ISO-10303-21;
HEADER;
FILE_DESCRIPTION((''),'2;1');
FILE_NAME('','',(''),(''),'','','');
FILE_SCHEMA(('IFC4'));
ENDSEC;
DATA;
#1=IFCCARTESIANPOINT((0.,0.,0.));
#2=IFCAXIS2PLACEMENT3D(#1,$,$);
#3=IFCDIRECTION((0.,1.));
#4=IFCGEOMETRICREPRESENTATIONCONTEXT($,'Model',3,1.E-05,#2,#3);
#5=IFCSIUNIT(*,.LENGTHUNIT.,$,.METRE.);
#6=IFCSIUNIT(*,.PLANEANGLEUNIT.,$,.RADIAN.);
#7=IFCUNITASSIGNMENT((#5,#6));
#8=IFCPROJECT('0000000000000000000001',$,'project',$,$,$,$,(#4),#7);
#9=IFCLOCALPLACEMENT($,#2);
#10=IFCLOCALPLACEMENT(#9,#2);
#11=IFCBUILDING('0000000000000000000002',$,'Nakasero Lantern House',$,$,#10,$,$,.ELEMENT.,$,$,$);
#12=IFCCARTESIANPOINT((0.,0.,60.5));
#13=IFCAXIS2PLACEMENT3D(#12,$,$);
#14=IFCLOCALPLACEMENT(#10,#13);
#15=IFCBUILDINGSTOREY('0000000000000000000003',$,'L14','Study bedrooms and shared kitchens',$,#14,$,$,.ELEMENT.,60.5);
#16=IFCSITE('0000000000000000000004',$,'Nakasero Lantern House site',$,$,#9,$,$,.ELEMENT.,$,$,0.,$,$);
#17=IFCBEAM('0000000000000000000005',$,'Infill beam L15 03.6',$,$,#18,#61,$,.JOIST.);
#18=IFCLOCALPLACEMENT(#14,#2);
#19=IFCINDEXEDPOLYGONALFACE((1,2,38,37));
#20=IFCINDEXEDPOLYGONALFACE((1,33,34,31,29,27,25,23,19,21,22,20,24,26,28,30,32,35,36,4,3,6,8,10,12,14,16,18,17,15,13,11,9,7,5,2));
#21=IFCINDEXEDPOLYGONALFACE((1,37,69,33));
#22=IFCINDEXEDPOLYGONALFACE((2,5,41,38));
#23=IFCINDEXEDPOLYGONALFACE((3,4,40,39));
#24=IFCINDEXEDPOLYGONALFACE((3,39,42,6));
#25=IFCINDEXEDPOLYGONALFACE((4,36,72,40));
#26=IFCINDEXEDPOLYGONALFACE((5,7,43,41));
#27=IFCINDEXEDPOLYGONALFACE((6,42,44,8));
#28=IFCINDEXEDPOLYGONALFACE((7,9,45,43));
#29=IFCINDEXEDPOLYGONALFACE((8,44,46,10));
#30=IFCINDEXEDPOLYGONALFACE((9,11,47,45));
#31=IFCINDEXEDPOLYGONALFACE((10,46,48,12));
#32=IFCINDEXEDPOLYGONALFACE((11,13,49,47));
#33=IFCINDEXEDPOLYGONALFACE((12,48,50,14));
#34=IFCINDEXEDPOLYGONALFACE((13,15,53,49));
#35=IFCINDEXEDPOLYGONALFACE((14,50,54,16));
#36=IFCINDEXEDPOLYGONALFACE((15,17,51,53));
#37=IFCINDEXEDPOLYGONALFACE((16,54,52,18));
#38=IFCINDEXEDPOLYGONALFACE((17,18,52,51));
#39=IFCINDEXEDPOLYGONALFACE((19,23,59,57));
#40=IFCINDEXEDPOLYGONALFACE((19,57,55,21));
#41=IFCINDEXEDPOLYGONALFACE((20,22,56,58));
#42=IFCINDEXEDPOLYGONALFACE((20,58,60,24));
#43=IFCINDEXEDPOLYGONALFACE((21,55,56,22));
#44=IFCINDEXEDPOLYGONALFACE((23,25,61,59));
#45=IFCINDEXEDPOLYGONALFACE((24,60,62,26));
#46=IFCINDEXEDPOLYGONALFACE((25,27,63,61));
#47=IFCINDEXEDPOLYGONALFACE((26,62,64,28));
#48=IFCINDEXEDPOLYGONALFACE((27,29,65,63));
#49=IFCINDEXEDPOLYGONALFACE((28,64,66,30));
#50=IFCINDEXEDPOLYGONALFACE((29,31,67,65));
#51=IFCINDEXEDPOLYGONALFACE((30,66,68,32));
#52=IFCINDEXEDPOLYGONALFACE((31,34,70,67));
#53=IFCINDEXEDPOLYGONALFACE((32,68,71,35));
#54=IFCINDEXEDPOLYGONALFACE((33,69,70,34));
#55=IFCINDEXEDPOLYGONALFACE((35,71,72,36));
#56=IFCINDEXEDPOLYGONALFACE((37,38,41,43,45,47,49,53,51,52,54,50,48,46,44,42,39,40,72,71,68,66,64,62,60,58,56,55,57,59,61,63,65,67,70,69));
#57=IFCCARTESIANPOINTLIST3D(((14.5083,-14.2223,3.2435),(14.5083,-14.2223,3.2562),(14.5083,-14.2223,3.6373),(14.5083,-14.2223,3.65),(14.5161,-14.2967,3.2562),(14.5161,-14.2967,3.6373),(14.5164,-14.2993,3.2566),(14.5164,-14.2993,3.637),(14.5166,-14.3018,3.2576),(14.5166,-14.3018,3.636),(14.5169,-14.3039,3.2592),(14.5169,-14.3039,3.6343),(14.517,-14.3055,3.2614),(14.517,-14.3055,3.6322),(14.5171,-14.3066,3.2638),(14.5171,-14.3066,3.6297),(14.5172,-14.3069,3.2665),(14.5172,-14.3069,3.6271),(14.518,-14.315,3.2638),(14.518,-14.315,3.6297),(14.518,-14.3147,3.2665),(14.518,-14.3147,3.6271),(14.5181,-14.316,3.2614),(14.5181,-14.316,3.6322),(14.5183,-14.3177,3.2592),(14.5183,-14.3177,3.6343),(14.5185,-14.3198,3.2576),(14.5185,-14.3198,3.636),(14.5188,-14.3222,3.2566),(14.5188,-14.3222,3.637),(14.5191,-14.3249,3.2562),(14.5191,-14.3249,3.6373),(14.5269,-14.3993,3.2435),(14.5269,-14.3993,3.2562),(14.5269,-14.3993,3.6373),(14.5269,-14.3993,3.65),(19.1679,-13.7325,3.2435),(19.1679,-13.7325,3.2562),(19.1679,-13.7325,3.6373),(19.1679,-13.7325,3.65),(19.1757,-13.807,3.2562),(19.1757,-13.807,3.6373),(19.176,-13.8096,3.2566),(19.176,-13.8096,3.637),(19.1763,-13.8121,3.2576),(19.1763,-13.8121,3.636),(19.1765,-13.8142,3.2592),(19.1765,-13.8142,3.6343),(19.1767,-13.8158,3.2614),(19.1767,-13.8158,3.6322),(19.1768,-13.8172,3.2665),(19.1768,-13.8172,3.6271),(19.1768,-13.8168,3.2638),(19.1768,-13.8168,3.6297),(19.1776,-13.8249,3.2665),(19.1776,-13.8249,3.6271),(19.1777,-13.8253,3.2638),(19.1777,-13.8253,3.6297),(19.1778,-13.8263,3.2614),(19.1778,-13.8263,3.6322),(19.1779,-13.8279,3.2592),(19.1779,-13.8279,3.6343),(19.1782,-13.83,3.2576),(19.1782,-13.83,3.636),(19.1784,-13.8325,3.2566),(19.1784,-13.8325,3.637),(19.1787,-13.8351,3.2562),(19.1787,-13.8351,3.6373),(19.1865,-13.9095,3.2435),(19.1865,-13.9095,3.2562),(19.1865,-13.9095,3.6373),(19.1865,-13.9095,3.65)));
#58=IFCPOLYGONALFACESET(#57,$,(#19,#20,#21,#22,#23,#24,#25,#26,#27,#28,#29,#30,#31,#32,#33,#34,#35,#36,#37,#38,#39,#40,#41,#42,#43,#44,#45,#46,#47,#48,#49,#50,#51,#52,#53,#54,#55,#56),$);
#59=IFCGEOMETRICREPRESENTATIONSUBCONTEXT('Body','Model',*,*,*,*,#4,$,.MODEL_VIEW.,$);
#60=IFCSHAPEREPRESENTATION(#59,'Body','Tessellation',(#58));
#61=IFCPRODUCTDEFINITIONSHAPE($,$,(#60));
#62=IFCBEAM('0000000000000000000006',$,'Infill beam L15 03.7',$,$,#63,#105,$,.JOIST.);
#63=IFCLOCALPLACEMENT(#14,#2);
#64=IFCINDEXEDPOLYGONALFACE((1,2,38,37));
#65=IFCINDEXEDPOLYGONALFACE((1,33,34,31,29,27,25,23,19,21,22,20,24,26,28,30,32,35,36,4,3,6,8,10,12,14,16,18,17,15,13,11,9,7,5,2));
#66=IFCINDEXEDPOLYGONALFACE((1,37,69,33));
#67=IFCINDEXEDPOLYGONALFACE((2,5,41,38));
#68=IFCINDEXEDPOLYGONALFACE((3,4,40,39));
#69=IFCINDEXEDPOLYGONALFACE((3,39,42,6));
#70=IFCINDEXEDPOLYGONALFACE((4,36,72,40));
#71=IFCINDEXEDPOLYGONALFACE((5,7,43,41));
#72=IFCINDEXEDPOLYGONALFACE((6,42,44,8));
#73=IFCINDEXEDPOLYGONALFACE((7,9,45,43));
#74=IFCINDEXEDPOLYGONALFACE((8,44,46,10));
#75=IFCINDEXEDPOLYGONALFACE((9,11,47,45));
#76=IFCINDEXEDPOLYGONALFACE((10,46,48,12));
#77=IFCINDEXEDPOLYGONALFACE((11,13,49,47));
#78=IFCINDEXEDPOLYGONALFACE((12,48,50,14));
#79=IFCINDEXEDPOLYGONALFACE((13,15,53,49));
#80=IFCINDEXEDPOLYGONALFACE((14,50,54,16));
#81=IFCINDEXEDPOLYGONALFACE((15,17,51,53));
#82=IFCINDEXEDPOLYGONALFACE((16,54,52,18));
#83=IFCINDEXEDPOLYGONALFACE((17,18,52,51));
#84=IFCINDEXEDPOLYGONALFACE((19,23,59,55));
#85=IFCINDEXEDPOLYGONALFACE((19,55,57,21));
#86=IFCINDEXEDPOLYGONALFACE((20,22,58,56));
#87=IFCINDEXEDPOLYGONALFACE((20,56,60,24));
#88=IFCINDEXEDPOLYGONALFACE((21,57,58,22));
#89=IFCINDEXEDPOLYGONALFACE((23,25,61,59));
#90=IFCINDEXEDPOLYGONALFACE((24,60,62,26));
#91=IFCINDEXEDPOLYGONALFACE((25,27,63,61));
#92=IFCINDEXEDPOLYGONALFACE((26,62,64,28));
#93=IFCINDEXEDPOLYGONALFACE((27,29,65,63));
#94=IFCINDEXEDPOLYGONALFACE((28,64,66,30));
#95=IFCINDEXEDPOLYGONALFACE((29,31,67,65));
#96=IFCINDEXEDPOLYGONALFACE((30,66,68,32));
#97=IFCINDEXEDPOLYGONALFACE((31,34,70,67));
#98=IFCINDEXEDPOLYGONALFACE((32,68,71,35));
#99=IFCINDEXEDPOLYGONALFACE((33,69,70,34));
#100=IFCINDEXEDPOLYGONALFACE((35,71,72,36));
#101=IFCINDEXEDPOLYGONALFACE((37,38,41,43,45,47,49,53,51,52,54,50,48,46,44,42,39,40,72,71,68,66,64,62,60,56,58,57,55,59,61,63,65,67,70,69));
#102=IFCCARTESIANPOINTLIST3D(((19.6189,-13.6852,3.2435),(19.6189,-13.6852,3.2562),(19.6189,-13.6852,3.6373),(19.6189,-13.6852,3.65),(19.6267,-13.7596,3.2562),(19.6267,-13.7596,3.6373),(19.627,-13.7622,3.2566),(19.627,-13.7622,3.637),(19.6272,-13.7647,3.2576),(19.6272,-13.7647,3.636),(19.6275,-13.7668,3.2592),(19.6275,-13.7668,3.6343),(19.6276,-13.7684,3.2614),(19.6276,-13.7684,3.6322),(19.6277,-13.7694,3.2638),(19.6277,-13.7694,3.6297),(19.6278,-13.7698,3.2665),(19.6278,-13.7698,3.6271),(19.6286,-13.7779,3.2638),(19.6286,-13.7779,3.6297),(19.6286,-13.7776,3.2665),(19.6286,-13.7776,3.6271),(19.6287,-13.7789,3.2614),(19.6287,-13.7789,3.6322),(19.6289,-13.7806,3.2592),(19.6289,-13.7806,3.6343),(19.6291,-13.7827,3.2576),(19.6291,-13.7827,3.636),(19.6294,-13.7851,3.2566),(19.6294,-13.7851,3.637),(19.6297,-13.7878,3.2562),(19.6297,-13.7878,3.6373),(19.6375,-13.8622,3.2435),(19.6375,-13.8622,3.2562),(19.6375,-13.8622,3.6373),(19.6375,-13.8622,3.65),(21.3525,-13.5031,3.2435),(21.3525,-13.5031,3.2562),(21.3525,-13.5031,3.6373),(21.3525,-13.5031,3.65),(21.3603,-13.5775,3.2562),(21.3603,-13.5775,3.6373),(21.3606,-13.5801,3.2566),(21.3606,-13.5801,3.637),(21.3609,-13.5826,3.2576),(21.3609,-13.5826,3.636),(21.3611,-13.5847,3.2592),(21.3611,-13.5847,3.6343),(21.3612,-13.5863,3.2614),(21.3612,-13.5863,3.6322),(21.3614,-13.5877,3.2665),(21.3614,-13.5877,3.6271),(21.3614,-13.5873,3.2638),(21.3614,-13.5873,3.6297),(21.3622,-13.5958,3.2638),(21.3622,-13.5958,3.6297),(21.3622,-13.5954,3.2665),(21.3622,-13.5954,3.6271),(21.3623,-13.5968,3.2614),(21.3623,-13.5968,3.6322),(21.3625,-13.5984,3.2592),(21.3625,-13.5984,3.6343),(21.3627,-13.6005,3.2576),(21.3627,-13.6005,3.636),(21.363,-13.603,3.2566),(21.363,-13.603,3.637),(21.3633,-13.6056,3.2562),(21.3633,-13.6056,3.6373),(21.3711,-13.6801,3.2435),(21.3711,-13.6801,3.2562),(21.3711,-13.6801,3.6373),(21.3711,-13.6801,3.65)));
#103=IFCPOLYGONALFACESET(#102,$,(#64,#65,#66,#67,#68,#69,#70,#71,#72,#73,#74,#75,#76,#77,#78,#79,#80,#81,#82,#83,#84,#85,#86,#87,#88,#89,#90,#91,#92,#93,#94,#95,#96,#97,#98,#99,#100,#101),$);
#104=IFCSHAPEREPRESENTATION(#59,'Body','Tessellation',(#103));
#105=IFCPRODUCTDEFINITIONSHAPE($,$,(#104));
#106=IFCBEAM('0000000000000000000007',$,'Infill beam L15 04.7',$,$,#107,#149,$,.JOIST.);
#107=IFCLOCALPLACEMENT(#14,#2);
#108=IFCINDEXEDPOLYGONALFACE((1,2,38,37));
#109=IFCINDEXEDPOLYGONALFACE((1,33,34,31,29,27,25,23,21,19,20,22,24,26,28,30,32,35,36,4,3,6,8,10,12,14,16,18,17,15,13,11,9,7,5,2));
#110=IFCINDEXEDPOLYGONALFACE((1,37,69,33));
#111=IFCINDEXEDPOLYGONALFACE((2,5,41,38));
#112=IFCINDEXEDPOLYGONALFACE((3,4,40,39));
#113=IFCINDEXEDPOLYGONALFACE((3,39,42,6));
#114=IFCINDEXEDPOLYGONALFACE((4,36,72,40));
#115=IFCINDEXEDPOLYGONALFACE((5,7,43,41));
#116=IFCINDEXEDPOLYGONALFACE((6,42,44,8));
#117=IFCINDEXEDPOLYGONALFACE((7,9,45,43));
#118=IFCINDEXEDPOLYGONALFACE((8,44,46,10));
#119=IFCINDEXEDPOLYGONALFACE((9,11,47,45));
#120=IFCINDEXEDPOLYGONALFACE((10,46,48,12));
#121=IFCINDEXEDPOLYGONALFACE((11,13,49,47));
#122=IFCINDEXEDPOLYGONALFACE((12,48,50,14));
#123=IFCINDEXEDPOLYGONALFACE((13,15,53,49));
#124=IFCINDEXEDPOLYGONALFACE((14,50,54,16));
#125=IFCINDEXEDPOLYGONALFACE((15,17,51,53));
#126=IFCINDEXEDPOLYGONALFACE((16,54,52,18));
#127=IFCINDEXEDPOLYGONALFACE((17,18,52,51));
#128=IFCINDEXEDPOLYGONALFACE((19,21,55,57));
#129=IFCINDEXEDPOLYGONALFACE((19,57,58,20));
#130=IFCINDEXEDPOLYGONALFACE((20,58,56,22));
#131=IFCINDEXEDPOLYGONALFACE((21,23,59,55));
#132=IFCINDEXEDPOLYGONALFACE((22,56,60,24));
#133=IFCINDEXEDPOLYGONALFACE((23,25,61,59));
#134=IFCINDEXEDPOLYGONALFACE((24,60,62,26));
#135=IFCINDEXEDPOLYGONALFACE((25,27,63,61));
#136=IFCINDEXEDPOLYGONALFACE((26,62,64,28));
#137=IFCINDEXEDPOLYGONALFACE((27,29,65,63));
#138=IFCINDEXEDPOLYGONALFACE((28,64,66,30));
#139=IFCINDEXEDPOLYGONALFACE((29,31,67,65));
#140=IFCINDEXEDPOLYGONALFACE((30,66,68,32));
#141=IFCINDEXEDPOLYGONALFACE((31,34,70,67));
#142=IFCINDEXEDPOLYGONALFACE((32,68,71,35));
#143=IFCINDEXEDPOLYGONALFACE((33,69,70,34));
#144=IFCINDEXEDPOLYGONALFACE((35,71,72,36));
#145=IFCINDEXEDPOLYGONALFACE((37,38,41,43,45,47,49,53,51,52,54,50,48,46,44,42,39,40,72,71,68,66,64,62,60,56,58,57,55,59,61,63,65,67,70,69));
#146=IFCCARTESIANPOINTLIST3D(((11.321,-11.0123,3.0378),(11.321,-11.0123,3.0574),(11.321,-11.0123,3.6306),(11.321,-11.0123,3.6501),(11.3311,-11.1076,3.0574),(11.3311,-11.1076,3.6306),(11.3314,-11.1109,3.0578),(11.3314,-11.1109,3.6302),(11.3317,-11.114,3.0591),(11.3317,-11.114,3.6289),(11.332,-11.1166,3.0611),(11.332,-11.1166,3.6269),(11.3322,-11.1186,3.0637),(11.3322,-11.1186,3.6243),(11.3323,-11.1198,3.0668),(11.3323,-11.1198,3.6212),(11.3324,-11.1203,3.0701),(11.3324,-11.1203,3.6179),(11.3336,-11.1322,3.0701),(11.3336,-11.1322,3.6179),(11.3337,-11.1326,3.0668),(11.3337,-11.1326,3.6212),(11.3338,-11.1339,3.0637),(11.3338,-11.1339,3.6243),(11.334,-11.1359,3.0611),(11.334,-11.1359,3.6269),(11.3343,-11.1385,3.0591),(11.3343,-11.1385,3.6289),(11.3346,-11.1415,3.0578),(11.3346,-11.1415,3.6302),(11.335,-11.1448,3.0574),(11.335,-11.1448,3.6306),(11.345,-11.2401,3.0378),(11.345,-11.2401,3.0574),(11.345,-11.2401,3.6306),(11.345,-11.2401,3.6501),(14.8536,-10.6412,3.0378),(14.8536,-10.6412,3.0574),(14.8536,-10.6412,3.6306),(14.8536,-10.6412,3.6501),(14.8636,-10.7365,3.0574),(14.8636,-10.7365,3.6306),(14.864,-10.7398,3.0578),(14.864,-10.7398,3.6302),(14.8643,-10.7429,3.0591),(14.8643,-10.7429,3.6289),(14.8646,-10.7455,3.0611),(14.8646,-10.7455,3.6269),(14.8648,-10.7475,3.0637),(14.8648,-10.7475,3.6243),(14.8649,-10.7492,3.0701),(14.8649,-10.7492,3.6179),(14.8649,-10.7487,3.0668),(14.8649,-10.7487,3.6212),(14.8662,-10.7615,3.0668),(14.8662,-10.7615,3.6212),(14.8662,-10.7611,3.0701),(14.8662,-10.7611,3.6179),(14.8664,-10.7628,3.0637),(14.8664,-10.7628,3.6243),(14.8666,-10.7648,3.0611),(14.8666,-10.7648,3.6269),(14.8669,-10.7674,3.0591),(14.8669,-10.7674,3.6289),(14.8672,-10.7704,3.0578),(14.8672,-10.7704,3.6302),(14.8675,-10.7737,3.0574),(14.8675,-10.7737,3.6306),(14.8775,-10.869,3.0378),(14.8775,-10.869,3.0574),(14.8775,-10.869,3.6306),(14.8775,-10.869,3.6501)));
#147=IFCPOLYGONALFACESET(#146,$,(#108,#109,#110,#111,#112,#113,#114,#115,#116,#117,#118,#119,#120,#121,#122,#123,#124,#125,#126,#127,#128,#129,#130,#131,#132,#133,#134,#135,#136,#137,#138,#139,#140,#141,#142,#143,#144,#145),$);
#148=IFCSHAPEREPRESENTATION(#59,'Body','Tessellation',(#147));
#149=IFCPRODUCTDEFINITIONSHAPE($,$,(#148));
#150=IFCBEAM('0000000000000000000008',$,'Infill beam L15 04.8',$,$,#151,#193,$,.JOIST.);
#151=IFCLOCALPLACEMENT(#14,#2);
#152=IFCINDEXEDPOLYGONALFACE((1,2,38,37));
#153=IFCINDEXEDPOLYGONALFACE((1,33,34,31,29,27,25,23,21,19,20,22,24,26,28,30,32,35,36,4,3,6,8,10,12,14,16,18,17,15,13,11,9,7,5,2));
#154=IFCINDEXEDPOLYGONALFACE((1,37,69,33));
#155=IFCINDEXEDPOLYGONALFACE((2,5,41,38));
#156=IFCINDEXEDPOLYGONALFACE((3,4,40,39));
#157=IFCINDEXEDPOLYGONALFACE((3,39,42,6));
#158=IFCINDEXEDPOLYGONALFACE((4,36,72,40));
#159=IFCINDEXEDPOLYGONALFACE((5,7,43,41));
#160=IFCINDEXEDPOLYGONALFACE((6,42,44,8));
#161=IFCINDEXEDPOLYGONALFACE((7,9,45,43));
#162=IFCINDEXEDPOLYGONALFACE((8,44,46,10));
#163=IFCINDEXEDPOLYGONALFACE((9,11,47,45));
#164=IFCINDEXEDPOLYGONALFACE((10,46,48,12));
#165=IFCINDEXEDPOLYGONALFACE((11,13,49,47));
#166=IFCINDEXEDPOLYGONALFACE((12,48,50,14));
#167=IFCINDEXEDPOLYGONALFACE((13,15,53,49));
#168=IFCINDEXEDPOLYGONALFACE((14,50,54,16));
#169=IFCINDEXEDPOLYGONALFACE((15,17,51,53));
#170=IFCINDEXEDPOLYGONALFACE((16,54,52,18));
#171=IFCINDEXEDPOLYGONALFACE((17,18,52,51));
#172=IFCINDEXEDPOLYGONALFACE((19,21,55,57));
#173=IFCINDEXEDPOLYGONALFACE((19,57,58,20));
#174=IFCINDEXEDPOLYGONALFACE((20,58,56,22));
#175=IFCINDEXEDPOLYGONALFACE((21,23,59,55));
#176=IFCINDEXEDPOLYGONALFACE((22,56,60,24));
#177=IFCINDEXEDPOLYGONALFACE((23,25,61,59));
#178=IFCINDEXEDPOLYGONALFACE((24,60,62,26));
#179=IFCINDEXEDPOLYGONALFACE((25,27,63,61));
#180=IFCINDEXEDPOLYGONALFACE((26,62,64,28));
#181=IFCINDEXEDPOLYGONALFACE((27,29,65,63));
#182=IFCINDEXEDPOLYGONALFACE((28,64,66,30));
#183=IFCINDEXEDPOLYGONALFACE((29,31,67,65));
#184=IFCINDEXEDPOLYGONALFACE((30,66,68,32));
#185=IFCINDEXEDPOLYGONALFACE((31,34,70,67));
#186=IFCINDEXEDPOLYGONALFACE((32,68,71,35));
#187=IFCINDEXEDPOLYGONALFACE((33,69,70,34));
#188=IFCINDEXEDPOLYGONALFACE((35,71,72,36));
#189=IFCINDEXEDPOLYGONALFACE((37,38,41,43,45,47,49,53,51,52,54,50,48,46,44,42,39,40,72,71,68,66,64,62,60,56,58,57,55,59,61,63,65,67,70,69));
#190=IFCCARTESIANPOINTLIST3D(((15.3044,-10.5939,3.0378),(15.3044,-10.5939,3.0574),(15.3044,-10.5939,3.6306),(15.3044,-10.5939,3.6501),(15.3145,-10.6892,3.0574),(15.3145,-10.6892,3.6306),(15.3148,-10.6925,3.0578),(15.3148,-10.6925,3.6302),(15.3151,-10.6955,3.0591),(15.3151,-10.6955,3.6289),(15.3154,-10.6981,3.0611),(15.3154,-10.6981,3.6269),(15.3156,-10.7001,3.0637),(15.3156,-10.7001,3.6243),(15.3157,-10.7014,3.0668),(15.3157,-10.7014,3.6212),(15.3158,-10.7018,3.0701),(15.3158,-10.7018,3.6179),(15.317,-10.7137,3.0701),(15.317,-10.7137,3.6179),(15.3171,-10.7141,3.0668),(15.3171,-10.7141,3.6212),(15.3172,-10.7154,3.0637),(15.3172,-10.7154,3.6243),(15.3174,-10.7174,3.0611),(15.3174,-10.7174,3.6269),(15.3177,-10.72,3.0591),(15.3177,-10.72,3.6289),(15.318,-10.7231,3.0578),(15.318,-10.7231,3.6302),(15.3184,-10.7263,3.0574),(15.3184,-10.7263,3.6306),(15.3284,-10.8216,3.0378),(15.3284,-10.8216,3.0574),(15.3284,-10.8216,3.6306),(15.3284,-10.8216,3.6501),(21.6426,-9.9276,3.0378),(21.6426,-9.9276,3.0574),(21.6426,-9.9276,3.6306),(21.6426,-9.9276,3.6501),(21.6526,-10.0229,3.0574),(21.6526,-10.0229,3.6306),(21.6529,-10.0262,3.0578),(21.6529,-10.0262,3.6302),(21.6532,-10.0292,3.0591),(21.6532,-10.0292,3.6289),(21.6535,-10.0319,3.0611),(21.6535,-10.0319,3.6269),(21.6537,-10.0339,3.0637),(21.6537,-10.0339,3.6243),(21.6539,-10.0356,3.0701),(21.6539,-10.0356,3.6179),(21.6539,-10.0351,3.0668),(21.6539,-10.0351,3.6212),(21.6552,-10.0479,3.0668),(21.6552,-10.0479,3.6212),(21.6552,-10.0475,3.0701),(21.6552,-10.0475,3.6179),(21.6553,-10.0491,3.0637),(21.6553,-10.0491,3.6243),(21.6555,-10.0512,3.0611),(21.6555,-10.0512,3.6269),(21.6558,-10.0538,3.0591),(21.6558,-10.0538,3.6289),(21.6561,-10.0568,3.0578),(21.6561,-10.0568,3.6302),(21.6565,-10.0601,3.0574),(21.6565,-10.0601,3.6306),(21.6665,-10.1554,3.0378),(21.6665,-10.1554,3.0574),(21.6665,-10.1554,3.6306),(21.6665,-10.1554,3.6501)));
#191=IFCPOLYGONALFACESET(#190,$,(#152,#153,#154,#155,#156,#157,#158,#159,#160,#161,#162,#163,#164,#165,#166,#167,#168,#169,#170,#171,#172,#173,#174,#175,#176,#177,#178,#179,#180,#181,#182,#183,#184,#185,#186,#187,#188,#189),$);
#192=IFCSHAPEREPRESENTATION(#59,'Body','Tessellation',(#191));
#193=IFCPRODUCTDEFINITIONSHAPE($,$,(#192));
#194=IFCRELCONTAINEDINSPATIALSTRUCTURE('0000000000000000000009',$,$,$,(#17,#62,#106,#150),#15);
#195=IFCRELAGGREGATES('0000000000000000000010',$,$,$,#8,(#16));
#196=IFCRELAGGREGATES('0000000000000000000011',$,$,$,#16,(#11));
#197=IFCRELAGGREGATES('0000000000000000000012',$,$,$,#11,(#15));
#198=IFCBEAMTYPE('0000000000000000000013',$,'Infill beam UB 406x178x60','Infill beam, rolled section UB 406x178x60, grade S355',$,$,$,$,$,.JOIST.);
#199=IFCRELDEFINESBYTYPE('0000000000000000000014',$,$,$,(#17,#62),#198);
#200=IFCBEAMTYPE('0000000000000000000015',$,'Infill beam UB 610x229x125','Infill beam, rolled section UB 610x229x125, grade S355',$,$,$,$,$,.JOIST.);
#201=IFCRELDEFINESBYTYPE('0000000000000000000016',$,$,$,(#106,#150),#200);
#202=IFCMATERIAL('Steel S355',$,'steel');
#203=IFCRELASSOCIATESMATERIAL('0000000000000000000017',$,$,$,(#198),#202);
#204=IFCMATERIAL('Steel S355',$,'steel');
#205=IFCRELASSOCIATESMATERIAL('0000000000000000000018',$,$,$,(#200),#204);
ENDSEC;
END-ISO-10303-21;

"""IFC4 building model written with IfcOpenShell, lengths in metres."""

from ifc_helpers import new_model, si_unit, direction, frame, origin, origin_2d, place, context, subcontext, project, spatial, i_section, extrude, material, material_profile, profile_set, type_object, element, save


model = new_model("IFC4")

# Units and contexts
model_context = context("Model", 3, precision=1e-05, world=origin(), true_north=direction((0.0, 1.0)))
body_context = subcontext(model_context, "Body", "Model", "MODEL_VIEW")
ifc_project = project(units=[si_unit("LENGTHUNIT", "METRE"), si_unit("PLANEANGLEUNIT", "RADIAN")], contexts=[model_context])

# Site, building, storey
site_placement = place(None, origin())
site = spatial("IfcSite", under=ifc_project, at=site_placement, Name="Nakasero Lantern House site", CompositionType="ELEMENT", RefElevation=0.0)
building_placement = place(site_placement, origin())
building = spatial("IfcBuilding", under=site, at=building_placement, Name="Nakasero Lantern House", CompositionType="ELEMENT")
storey_placement = place(building_placement, frame((0.0, 0.0, 60.5)))
storey = spatial("IfcBuildingStorey", under=building, at=storey_placement, Name="L14", Description="Study bedrooms and shared kitchens", CompositionType="ELEMENT", Elevation=60.5)

# Beams
ifc_material_1 = material(Name="Steel S355", Category="steel")
ifc_material_profile_1 = material_profile(ifc_material_1, i_section(OverallWidth=0.178, OverallDepth=0.4065, WebThickness=0.0078, FlangeThickness=0.0127, FilletRadius=0.0103, at=origin_2d()), Name="UB 406x178x60")
ifc_profile_set_1 = profile_set([ifc_material_profile_1], Name="Steel S355")
beam_type_1 = type_object("IfcBeamType", Name="Infill beam UB 406x178x60", Description="Infill beam, rolled section UB 406x178x60, grade S355", PredefinedType="JOIST", material=ifc_profile_set_1)
beam_1_placement = place(storey_placement, frame((14.5176, -14.3108, 3.4468), z_axis=(0.994522, 0.104527, 0.0), x_axis=(-0.104527, 0.994522, 0.0)))
element("IfcBeam", 1, at=beam_1_placement, inside=storey, type_object=beam_type_1, Name="Infill beam L15 03.6", PredefinedType="JOIST", context=body_context, shape_type="SweptSolid", body=[
    extrude(i_section(OverallWidth=0.178, OverallDepth=0.4065, WebThickness=0.0078, FlangeThickness=0.0127, FilletRadius=0.0103, at=origin_2d()), origin(), (0.0, 0.0, 1.0), 4.6853),
])
beam_2_placement = place(storey_placement, frame((19.6282, -13.7737, 3.4468), z_axis=(0.994527, 0.104481, 0.0), x_axis=(-0.104481, 0.994527, 0.0)))
element("IfcBeam", 2, at=beam_2_placement, inside=storey, type_object=beam_type_1, Name="Infill beam L15 03.7", PredefinedType="JOIST", context=body_context, shape_type="SweptSolid", body=[
    extrude(i_section(OverallWidth=0.178, OverallDepth=0.4065, WebThickness=0.0078, FlangeThickness=0.0127, FilletRadius=0.0103, at=origin_2d()), origin(), (0.0, 0.0, 1.0), 1.7432),
])
ifc_material_2 = material(Name="Steel S355", Category="steel")
ifc_material_profile_2 = material_profile(ifc_material_2, i_section(OverallWidth=0.229, OverallDepth=0.6123, WebThickness=0.012, FlangeThickness=0.0195, FilletRadius=0.0127, at=origin_2d()), Name="UB 610x229x125")
ifc_profile_set_2 = profile_set([ifc_material_profile_2], Name="Steel S355")
beam_type_2 = type_object("IfcBeamType", Name="Infill beam UB 610x229x125", Description="Infill beam, rolled section UB 610x229x125, grade S355", PredefinedType="JOIST", material=ifc_profile_set_2)
beam_3_placement = place(storey_placement, frame((11.333, -11.1262, 3.344), z_axis=(0.994527, 0.104477, 0.0), x_axis=(-0.104477, 0.994527, 0.0)))
element("IfcBeam", 3, at=beam_3_placement, inside=storey, type_object=beam_type_2, Name="Infill beam L15 04.7", PredefinedType="JOIST", context=body_context, shape_type="SweptSolid", body=[
    extrude(i_section(OverallWidth=0.229, OverallDepth=0.6123, WebThickness=0.012, FlangeThickness=0.0195, FilletRadius=0.0127, at=origin_2d()), origin(), (0.0, 0.0, 1.0), 3.552),
])
beam_4_placement = place(storey_placement, frame((15.3164, -10.7078, 3.344), z_axis=(0.99452, 0.104543, 0.0), x_axis=(-0.104543, 0.99452, 0.0)))
element("IfcBeam", 4, at=beam_4_placement, inside=storey, type_object=beam_type_2, Name="Infill beam L15 04.8", PredefinedType="JOIST", context=body_context, shape_type="SweptSolid", body=[
    extrude(i_section(OverallWidth=0.229, OverallDepth=0.6123, WebThickness=0.012, FlangeThickness=0.0195, FilletRadius=0.0127, at=origin_2d()), origin(), (0.0, 0.0, 1.0), 6.373),
])

save(model, "model.ifc")
